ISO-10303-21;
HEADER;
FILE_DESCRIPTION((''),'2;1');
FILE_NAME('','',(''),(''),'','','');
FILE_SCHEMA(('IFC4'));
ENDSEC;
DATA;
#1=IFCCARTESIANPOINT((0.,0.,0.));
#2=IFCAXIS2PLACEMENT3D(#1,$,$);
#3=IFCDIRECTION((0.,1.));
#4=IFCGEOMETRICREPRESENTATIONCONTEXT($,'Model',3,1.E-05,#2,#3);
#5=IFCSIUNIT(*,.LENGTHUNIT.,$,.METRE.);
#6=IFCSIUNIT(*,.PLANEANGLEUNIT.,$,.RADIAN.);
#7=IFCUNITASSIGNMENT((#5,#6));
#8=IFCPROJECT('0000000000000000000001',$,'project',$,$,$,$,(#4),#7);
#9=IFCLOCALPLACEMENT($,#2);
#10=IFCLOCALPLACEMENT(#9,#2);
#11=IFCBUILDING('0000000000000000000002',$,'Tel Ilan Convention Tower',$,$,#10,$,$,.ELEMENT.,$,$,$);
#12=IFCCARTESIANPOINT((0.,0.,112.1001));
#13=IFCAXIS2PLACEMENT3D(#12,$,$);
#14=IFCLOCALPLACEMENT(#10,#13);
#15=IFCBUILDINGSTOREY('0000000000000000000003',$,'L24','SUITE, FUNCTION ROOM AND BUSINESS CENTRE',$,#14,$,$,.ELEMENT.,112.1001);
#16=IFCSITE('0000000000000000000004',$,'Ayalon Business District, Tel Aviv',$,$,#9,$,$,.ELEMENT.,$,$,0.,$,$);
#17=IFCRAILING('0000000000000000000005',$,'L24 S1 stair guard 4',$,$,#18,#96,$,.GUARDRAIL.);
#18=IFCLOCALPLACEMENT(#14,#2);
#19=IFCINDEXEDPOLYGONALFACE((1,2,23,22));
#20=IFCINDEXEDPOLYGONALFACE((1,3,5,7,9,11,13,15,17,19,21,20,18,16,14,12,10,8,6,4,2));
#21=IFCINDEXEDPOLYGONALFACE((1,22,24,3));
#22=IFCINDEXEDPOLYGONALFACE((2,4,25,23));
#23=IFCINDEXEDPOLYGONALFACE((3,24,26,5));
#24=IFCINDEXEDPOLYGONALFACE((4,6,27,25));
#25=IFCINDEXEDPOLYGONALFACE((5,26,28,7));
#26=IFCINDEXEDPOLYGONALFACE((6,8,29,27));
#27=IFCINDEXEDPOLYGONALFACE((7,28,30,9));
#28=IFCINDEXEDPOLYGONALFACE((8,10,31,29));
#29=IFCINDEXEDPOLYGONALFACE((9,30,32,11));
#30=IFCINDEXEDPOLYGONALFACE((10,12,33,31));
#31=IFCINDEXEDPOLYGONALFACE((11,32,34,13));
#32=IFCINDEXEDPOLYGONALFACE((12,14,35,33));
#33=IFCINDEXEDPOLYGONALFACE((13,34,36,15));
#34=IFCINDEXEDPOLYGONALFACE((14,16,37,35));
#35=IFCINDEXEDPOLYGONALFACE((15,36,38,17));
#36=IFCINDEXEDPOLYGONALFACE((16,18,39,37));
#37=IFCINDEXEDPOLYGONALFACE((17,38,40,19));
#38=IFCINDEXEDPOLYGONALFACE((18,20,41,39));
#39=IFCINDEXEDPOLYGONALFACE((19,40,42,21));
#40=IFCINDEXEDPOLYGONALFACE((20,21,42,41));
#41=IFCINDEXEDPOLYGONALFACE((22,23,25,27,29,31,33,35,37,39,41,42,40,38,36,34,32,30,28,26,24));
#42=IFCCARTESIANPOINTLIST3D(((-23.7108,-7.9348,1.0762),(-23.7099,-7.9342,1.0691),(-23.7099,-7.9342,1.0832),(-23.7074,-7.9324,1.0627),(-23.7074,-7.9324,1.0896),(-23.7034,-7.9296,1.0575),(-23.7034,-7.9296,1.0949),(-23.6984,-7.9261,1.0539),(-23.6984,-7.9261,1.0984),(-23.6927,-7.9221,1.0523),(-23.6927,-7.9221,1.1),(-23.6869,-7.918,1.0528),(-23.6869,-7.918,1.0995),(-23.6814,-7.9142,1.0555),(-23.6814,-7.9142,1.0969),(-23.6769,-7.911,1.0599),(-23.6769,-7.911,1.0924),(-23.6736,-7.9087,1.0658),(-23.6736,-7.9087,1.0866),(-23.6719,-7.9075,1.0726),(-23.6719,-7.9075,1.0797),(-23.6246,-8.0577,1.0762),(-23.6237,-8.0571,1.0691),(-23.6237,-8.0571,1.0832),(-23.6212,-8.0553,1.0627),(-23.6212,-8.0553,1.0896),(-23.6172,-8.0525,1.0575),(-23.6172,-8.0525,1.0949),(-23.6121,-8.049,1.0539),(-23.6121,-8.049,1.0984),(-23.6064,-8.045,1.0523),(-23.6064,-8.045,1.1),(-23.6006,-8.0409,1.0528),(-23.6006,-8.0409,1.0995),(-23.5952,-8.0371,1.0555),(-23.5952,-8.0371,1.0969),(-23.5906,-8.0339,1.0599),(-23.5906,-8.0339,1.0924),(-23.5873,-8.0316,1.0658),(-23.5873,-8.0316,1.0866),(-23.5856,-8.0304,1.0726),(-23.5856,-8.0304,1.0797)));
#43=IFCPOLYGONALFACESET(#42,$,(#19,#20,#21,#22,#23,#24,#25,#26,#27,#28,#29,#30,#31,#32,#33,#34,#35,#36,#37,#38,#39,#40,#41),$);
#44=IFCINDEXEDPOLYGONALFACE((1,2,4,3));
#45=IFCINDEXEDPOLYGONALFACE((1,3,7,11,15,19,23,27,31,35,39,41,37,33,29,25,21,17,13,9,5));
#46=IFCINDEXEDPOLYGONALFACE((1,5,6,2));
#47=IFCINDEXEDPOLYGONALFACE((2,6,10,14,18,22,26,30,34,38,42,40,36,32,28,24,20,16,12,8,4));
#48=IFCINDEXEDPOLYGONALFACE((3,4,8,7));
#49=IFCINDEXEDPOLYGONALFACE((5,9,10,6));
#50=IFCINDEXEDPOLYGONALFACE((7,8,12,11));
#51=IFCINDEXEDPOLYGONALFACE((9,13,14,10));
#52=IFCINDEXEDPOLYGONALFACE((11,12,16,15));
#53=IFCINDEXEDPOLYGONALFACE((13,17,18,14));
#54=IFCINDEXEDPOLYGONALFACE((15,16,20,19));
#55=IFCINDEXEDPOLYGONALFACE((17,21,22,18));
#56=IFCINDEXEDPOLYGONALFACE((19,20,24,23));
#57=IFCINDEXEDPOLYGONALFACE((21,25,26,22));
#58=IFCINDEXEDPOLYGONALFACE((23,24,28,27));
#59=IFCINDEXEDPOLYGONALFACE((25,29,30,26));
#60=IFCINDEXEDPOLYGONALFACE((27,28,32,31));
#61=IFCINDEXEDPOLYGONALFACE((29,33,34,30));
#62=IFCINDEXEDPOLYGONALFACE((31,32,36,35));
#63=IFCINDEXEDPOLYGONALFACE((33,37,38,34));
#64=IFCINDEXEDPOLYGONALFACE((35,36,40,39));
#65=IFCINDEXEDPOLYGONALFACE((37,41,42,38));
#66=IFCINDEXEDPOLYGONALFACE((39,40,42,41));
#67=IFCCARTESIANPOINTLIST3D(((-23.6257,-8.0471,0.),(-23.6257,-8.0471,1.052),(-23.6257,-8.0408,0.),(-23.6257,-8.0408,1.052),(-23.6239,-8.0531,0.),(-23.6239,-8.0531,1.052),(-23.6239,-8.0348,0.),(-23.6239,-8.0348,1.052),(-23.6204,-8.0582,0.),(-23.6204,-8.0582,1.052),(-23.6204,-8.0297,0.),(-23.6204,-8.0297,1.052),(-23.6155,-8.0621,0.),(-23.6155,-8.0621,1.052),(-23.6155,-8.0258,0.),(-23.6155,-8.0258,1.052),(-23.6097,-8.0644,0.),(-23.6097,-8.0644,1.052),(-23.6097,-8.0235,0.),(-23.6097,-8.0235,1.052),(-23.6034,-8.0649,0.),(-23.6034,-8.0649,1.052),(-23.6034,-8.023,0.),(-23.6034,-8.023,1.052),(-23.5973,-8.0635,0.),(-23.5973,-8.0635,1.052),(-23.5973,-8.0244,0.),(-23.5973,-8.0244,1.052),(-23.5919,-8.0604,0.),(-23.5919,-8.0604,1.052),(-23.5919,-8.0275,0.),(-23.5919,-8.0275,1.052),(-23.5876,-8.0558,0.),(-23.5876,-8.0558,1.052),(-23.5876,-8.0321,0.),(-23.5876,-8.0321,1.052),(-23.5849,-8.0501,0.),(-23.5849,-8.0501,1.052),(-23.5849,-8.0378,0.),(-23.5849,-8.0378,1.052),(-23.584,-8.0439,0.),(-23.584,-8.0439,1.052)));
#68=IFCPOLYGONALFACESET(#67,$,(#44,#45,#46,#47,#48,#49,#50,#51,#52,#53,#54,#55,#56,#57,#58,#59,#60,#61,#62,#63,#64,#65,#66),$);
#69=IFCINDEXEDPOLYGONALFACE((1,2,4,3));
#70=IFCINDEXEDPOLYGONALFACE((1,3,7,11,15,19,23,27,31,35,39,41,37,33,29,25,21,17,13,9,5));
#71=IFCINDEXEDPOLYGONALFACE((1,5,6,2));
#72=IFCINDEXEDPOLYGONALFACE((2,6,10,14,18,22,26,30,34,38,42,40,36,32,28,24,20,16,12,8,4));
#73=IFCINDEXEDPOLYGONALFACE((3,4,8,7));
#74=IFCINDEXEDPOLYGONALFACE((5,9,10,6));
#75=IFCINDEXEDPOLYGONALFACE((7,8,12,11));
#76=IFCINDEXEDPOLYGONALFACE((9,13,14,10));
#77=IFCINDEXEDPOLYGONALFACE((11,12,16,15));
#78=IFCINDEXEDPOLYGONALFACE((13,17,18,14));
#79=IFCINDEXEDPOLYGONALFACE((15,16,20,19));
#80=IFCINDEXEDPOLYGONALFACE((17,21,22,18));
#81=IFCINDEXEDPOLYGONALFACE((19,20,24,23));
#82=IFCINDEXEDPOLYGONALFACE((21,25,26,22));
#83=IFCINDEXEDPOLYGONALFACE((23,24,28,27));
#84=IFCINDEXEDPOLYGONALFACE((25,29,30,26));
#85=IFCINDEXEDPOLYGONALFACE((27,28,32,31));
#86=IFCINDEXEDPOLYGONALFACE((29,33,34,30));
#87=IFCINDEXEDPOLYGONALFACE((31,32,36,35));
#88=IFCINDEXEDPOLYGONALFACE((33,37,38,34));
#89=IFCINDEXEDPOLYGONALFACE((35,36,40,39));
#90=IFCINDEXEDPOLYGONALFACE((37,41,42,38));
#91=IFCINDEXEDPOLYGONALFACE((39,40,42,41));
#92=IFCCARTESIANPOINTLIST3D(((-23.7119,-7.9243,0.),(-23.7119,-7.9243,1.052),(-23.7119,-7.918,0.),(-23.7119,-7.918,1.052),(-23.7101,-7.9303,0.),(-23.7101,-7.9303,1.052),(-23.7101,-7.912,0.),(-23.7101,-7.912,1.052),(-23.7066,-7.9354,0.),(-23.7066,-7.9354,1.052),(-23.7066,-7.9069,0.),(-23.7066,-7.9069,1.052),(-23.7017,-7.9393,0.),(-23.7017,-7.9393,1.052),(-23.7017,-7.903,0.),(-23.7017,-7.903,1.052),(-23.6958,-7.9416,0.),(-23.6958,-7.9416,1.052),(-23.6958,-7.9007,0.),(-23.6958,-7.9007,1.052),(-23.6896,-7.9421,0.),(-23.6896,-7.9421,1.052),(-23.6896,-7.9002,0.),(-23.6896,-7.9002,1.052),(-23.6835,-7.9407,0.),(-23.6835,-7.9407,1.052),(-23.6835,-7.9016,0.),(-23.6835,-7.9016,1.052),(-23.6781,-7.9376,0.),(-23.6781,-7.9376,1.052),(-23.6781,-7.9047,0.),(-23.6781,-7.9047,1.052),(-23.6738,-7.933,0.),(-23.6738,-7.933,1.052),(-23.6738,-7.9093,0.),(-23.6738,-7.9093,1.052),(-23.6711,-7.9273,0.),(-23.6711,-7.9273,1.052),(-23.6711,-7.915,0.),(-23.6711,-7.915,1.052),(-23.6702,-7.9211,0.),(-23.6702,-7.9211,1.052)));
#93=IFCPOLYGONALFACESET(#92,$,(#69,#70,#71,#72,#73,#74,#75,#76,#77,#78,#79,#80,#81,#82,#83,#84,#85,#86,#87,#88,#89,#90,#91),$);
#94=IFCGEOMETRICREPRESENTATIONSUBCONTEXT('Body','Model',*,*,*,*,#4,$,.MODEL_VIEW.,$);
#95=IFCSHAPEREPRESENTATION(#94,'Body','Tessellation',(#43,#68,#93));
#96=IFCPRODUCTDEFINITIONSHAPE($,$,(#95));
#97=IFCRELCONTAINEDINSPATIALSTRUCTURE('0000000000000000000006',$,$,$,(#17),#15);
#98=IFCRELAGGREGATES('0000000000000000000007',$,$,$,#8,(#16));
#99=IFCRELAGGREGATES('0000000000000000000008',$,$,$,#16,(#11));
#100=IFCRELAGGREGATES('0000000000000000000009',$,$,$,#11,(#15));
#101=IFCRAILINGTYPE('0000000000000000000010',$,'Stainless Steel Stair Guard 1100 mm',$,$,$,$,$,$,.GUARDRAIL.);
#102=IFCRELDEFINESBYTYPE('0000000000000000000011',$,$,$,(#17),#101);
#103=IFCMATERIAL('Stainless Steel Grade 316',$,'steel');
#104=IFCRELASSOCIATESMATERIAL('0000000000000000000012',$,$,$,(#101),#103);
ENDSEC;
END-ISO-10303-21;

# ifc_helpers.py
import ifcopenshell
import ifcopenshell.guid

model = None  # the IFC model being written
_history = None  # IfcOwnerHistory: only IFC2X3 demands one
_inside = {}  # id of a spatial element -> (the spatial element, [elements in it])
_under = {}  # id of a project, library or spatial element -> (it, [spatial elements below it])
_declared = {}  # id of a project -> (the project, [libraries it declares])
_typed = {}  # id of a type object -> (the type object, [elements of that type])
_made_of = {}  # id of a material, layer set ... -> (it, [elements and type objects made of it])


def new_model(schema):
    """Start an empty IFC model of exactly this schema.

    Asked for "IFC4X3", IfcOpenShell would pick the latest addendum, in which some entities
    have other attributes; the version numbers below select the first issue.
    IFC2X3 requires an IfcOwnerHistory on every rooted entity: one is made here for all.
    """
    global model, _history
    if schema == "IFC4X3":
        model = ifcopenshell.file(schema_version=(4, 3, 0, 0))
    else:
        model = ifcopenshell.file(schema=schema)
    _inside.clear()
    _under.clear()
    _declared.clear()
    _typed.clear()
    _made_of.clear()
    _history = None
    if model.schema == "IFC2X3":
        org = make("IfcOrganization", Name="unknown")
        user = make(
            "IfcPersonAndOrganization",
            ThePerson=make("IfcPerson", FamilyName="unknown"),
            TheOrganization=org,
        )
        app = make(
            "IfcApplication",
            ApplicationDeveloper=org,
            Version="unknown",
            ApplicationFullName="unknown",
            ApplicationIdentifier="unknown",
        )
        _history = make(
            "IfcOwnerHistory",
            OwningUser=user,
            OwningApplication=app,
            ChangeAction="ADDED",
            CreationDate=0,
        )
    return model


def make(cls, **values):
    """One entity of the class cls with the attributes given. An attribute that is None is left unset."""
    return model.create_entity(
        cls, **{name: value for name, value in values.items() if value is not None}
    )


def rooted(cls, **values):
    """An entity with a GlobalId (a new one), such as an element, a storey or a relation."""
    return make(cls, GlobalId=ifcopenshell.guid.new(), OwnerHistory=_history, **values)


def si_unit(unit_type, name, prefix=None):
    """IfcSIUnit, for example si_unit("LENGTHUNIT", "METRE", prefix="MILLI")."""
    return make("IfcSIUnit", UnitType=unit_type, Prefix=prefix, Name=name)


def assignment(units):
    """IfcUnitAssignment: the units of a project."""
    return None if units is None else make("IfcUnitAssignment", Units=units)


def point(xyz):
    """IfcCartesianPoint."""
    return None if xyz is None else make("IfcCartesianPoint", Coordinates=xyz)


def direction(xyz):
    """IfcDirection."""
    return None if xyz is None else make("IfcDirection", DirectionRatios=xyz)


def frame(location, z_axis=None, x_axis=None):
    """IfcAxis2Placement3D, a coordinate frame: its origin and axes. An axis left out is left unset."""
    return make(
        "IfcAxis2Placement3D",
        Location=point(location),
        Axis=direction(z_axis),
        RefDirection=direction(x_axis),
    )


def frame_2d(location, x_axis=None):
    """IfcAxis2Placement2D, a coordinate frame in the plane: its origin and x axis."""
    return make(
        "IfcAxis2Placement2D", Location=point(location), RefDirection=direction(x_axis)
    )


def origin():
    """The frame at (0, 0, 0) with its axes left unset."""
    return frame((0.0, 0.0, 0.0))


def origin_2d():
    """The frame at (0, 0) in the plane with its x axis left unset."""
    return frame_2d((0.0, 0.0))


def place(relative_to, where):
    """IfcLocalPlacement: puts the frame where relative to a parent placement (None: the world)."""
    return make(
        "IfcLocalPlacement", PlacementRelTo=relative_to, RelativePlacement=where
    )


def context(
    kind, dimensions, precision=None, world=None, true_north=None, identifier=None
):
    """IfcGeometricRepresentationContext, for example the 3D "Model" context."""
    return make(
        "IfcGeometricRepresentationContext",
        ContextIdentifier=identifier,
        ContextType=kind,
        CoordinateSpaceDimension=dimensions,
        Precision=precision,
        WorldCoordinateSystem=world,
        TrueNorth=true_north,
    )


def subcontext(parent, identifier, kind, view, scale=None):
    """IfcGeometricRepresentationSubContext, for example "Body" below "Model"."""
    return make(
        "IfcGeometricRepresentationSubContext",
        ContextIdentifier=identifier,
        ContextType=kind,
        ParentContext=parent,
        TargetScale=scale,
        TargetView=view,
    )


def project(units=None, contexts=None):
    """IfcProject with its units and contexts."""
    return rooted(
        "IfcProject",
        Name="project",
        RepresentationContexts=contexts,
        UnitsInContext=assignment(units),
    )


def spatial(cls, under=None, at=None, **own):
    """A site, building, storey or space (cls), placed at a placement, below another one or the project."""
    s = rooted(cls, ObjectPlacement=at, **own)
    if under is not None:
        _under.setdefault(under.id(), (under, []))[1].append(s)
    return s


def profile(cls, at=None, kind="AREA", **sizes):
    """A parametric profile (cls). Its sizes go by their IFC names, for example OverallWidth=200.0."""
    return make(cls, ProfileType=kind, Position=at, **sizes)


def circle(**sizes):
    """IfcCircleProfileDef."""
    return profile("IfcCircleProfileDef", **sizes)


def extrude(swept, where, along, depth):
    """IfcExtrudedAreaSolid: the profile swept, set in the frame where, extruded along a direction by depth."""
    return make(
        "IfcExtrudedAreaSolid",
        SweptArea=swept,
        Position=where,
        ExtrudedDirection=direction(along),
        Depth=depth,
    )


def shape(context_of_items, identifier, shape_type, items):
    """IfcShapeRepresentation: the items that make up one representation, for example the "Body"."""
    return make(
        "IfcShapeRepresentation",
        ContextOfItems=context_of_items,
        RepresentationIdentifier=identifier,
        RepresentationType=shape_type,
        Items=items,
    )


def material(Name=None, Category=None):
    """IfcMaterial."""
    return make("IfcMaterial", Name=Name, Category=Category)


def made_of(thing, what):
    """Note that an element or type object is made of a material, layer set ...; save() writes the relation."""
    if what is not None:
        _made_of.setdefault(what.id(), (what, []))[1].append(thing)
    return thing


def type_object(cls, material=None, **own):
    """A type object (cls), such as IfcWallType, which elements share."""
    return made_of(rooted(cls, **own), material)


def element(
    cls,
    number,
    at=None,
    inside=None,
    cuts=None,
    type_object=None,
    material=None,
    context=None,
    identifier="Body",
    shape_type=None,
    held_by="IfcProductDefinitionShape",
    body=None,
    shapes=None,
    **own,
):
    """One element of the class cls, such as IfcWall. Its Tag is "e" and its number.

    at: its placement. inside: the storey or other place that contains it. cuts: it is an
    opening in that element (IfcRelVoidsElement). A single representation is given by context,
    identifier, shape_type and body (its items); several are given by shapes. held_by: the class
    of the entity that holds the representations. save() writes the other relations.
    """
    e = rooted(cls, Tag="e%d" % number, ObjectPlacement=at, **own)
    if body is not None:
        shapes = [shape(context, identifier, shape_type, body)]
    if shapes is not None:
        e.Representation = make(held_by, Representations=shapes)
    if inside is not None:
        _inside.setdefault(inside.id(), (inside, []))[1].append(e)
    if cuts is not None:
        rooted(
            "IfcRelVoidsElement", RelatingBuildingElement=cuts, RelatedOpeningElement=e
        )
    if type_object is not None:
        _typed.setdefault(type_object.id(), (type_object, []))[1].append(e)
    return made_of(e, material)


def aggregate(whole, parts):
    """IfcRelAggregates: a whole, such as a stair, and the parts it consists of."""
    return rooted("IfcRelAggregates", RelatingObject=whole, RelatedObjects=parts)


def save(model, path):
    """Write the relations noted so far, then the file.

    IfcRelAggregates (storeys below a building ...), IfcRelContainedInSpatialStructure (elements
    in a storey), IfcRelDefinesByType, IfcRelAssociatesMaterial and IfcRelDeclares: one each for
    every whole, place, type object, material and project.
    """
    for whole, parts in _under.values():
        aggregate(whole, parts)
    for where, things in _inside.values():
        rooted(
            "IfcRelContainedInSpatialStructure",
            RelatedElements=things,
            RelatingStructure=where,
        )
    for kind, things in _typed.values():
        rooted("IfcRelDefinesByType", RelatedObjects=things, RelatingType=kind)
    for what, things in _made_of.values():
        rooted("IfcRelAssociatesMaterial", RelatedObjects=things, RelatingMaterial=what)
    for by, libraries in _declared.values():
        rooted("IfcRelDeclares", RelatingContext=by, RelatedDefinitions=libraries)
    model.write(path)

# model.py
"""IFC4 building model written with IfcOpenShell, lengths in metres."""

from ifc_helpers import new_model, si_unit, direction, frame, origin, origin_2d, place, context, subcontext, project, spatial, circle, extrude, material, type_object, element, save


model = new_model("IFC4")

# Units and contexts
model_context = context("Model", 3, precision=1e-05, world=origin(), true_north=direction((0.0, 1.0)))
body_context = subcontext(model_context, "Body", "Model", "MODEL_VIEW")
ifc_project = project(units=[si_unit("LENGTHUNIT", "METRE"), si_unit("PLANEANGLEUNIT", "RADIAN")], contexts=[model_context])

# Site, building, storey
site_placement = place(None, origin())
site = spatial("IfcSite", under=ifc_project, at=site_placement, Name="Ayalon Business District, Tel Aviv", CompositionType="ELEMENT", RefElevation=0.0)
building_placement = place(site_placement, origin())
building = spatial("IfcBuilding", under=site, at=building_placement, Name="Tel Ilan Convention Tower", CompositionType="ELEMENT")
storey_placement = place(building_placement, frame((0.0, 0.0, 112.1001)))
storey = spatial("IfcBuildingStorey", under=building, at=storey_placement, Name="L24", Description="SUITE, FUNCTION ROOM AND BUSINESS CENTRE", CompositionType="ELEMENT", Elevation=112.1001)

# Railing
ifc_material_1 = material(Name="Stainless Steel Grade 316", Category="steel")
railing_type = type_object("IfcRailingType", Name="Stainless Steel Stair Guard 1100 mm", PredefinedType="GUARDRAIL", material=ifc_material_1)
railing_1_placement = place(storey_placement, frame((-23.605, -8.0439, 0.0)))
element("IfcRailing", 1, at=railing_1_placement, inside=storey, type_object=railing_type, Name="L24 S1 stair guard 4", PredefinedType="GUARDRAIL", context=body_context, shape_type="SweptSolid", body=[
    extrude(circle(Radius=0.0239, at=origin_2d()), frame((0.0, 0.0, 1.0762), z_axis=(-0.574445, 0.818543, 0.0), x_axis=(-0.818543, -0.574445, 0.0)), (0.0, 0.0, 1.0), 0.1501),
    extrude(circle(Radius=0.021, at=origin_2d()), origin(), (0.0, 0.0, 1.0), 1.052),
    extrude(circle(Radius=0.021, at=origin_2d()), frame((-0.0862, 0.1228, 0.0)), (0.0, 0.0, 1.0), 1.052),
])

save(model, "model.ifc")
